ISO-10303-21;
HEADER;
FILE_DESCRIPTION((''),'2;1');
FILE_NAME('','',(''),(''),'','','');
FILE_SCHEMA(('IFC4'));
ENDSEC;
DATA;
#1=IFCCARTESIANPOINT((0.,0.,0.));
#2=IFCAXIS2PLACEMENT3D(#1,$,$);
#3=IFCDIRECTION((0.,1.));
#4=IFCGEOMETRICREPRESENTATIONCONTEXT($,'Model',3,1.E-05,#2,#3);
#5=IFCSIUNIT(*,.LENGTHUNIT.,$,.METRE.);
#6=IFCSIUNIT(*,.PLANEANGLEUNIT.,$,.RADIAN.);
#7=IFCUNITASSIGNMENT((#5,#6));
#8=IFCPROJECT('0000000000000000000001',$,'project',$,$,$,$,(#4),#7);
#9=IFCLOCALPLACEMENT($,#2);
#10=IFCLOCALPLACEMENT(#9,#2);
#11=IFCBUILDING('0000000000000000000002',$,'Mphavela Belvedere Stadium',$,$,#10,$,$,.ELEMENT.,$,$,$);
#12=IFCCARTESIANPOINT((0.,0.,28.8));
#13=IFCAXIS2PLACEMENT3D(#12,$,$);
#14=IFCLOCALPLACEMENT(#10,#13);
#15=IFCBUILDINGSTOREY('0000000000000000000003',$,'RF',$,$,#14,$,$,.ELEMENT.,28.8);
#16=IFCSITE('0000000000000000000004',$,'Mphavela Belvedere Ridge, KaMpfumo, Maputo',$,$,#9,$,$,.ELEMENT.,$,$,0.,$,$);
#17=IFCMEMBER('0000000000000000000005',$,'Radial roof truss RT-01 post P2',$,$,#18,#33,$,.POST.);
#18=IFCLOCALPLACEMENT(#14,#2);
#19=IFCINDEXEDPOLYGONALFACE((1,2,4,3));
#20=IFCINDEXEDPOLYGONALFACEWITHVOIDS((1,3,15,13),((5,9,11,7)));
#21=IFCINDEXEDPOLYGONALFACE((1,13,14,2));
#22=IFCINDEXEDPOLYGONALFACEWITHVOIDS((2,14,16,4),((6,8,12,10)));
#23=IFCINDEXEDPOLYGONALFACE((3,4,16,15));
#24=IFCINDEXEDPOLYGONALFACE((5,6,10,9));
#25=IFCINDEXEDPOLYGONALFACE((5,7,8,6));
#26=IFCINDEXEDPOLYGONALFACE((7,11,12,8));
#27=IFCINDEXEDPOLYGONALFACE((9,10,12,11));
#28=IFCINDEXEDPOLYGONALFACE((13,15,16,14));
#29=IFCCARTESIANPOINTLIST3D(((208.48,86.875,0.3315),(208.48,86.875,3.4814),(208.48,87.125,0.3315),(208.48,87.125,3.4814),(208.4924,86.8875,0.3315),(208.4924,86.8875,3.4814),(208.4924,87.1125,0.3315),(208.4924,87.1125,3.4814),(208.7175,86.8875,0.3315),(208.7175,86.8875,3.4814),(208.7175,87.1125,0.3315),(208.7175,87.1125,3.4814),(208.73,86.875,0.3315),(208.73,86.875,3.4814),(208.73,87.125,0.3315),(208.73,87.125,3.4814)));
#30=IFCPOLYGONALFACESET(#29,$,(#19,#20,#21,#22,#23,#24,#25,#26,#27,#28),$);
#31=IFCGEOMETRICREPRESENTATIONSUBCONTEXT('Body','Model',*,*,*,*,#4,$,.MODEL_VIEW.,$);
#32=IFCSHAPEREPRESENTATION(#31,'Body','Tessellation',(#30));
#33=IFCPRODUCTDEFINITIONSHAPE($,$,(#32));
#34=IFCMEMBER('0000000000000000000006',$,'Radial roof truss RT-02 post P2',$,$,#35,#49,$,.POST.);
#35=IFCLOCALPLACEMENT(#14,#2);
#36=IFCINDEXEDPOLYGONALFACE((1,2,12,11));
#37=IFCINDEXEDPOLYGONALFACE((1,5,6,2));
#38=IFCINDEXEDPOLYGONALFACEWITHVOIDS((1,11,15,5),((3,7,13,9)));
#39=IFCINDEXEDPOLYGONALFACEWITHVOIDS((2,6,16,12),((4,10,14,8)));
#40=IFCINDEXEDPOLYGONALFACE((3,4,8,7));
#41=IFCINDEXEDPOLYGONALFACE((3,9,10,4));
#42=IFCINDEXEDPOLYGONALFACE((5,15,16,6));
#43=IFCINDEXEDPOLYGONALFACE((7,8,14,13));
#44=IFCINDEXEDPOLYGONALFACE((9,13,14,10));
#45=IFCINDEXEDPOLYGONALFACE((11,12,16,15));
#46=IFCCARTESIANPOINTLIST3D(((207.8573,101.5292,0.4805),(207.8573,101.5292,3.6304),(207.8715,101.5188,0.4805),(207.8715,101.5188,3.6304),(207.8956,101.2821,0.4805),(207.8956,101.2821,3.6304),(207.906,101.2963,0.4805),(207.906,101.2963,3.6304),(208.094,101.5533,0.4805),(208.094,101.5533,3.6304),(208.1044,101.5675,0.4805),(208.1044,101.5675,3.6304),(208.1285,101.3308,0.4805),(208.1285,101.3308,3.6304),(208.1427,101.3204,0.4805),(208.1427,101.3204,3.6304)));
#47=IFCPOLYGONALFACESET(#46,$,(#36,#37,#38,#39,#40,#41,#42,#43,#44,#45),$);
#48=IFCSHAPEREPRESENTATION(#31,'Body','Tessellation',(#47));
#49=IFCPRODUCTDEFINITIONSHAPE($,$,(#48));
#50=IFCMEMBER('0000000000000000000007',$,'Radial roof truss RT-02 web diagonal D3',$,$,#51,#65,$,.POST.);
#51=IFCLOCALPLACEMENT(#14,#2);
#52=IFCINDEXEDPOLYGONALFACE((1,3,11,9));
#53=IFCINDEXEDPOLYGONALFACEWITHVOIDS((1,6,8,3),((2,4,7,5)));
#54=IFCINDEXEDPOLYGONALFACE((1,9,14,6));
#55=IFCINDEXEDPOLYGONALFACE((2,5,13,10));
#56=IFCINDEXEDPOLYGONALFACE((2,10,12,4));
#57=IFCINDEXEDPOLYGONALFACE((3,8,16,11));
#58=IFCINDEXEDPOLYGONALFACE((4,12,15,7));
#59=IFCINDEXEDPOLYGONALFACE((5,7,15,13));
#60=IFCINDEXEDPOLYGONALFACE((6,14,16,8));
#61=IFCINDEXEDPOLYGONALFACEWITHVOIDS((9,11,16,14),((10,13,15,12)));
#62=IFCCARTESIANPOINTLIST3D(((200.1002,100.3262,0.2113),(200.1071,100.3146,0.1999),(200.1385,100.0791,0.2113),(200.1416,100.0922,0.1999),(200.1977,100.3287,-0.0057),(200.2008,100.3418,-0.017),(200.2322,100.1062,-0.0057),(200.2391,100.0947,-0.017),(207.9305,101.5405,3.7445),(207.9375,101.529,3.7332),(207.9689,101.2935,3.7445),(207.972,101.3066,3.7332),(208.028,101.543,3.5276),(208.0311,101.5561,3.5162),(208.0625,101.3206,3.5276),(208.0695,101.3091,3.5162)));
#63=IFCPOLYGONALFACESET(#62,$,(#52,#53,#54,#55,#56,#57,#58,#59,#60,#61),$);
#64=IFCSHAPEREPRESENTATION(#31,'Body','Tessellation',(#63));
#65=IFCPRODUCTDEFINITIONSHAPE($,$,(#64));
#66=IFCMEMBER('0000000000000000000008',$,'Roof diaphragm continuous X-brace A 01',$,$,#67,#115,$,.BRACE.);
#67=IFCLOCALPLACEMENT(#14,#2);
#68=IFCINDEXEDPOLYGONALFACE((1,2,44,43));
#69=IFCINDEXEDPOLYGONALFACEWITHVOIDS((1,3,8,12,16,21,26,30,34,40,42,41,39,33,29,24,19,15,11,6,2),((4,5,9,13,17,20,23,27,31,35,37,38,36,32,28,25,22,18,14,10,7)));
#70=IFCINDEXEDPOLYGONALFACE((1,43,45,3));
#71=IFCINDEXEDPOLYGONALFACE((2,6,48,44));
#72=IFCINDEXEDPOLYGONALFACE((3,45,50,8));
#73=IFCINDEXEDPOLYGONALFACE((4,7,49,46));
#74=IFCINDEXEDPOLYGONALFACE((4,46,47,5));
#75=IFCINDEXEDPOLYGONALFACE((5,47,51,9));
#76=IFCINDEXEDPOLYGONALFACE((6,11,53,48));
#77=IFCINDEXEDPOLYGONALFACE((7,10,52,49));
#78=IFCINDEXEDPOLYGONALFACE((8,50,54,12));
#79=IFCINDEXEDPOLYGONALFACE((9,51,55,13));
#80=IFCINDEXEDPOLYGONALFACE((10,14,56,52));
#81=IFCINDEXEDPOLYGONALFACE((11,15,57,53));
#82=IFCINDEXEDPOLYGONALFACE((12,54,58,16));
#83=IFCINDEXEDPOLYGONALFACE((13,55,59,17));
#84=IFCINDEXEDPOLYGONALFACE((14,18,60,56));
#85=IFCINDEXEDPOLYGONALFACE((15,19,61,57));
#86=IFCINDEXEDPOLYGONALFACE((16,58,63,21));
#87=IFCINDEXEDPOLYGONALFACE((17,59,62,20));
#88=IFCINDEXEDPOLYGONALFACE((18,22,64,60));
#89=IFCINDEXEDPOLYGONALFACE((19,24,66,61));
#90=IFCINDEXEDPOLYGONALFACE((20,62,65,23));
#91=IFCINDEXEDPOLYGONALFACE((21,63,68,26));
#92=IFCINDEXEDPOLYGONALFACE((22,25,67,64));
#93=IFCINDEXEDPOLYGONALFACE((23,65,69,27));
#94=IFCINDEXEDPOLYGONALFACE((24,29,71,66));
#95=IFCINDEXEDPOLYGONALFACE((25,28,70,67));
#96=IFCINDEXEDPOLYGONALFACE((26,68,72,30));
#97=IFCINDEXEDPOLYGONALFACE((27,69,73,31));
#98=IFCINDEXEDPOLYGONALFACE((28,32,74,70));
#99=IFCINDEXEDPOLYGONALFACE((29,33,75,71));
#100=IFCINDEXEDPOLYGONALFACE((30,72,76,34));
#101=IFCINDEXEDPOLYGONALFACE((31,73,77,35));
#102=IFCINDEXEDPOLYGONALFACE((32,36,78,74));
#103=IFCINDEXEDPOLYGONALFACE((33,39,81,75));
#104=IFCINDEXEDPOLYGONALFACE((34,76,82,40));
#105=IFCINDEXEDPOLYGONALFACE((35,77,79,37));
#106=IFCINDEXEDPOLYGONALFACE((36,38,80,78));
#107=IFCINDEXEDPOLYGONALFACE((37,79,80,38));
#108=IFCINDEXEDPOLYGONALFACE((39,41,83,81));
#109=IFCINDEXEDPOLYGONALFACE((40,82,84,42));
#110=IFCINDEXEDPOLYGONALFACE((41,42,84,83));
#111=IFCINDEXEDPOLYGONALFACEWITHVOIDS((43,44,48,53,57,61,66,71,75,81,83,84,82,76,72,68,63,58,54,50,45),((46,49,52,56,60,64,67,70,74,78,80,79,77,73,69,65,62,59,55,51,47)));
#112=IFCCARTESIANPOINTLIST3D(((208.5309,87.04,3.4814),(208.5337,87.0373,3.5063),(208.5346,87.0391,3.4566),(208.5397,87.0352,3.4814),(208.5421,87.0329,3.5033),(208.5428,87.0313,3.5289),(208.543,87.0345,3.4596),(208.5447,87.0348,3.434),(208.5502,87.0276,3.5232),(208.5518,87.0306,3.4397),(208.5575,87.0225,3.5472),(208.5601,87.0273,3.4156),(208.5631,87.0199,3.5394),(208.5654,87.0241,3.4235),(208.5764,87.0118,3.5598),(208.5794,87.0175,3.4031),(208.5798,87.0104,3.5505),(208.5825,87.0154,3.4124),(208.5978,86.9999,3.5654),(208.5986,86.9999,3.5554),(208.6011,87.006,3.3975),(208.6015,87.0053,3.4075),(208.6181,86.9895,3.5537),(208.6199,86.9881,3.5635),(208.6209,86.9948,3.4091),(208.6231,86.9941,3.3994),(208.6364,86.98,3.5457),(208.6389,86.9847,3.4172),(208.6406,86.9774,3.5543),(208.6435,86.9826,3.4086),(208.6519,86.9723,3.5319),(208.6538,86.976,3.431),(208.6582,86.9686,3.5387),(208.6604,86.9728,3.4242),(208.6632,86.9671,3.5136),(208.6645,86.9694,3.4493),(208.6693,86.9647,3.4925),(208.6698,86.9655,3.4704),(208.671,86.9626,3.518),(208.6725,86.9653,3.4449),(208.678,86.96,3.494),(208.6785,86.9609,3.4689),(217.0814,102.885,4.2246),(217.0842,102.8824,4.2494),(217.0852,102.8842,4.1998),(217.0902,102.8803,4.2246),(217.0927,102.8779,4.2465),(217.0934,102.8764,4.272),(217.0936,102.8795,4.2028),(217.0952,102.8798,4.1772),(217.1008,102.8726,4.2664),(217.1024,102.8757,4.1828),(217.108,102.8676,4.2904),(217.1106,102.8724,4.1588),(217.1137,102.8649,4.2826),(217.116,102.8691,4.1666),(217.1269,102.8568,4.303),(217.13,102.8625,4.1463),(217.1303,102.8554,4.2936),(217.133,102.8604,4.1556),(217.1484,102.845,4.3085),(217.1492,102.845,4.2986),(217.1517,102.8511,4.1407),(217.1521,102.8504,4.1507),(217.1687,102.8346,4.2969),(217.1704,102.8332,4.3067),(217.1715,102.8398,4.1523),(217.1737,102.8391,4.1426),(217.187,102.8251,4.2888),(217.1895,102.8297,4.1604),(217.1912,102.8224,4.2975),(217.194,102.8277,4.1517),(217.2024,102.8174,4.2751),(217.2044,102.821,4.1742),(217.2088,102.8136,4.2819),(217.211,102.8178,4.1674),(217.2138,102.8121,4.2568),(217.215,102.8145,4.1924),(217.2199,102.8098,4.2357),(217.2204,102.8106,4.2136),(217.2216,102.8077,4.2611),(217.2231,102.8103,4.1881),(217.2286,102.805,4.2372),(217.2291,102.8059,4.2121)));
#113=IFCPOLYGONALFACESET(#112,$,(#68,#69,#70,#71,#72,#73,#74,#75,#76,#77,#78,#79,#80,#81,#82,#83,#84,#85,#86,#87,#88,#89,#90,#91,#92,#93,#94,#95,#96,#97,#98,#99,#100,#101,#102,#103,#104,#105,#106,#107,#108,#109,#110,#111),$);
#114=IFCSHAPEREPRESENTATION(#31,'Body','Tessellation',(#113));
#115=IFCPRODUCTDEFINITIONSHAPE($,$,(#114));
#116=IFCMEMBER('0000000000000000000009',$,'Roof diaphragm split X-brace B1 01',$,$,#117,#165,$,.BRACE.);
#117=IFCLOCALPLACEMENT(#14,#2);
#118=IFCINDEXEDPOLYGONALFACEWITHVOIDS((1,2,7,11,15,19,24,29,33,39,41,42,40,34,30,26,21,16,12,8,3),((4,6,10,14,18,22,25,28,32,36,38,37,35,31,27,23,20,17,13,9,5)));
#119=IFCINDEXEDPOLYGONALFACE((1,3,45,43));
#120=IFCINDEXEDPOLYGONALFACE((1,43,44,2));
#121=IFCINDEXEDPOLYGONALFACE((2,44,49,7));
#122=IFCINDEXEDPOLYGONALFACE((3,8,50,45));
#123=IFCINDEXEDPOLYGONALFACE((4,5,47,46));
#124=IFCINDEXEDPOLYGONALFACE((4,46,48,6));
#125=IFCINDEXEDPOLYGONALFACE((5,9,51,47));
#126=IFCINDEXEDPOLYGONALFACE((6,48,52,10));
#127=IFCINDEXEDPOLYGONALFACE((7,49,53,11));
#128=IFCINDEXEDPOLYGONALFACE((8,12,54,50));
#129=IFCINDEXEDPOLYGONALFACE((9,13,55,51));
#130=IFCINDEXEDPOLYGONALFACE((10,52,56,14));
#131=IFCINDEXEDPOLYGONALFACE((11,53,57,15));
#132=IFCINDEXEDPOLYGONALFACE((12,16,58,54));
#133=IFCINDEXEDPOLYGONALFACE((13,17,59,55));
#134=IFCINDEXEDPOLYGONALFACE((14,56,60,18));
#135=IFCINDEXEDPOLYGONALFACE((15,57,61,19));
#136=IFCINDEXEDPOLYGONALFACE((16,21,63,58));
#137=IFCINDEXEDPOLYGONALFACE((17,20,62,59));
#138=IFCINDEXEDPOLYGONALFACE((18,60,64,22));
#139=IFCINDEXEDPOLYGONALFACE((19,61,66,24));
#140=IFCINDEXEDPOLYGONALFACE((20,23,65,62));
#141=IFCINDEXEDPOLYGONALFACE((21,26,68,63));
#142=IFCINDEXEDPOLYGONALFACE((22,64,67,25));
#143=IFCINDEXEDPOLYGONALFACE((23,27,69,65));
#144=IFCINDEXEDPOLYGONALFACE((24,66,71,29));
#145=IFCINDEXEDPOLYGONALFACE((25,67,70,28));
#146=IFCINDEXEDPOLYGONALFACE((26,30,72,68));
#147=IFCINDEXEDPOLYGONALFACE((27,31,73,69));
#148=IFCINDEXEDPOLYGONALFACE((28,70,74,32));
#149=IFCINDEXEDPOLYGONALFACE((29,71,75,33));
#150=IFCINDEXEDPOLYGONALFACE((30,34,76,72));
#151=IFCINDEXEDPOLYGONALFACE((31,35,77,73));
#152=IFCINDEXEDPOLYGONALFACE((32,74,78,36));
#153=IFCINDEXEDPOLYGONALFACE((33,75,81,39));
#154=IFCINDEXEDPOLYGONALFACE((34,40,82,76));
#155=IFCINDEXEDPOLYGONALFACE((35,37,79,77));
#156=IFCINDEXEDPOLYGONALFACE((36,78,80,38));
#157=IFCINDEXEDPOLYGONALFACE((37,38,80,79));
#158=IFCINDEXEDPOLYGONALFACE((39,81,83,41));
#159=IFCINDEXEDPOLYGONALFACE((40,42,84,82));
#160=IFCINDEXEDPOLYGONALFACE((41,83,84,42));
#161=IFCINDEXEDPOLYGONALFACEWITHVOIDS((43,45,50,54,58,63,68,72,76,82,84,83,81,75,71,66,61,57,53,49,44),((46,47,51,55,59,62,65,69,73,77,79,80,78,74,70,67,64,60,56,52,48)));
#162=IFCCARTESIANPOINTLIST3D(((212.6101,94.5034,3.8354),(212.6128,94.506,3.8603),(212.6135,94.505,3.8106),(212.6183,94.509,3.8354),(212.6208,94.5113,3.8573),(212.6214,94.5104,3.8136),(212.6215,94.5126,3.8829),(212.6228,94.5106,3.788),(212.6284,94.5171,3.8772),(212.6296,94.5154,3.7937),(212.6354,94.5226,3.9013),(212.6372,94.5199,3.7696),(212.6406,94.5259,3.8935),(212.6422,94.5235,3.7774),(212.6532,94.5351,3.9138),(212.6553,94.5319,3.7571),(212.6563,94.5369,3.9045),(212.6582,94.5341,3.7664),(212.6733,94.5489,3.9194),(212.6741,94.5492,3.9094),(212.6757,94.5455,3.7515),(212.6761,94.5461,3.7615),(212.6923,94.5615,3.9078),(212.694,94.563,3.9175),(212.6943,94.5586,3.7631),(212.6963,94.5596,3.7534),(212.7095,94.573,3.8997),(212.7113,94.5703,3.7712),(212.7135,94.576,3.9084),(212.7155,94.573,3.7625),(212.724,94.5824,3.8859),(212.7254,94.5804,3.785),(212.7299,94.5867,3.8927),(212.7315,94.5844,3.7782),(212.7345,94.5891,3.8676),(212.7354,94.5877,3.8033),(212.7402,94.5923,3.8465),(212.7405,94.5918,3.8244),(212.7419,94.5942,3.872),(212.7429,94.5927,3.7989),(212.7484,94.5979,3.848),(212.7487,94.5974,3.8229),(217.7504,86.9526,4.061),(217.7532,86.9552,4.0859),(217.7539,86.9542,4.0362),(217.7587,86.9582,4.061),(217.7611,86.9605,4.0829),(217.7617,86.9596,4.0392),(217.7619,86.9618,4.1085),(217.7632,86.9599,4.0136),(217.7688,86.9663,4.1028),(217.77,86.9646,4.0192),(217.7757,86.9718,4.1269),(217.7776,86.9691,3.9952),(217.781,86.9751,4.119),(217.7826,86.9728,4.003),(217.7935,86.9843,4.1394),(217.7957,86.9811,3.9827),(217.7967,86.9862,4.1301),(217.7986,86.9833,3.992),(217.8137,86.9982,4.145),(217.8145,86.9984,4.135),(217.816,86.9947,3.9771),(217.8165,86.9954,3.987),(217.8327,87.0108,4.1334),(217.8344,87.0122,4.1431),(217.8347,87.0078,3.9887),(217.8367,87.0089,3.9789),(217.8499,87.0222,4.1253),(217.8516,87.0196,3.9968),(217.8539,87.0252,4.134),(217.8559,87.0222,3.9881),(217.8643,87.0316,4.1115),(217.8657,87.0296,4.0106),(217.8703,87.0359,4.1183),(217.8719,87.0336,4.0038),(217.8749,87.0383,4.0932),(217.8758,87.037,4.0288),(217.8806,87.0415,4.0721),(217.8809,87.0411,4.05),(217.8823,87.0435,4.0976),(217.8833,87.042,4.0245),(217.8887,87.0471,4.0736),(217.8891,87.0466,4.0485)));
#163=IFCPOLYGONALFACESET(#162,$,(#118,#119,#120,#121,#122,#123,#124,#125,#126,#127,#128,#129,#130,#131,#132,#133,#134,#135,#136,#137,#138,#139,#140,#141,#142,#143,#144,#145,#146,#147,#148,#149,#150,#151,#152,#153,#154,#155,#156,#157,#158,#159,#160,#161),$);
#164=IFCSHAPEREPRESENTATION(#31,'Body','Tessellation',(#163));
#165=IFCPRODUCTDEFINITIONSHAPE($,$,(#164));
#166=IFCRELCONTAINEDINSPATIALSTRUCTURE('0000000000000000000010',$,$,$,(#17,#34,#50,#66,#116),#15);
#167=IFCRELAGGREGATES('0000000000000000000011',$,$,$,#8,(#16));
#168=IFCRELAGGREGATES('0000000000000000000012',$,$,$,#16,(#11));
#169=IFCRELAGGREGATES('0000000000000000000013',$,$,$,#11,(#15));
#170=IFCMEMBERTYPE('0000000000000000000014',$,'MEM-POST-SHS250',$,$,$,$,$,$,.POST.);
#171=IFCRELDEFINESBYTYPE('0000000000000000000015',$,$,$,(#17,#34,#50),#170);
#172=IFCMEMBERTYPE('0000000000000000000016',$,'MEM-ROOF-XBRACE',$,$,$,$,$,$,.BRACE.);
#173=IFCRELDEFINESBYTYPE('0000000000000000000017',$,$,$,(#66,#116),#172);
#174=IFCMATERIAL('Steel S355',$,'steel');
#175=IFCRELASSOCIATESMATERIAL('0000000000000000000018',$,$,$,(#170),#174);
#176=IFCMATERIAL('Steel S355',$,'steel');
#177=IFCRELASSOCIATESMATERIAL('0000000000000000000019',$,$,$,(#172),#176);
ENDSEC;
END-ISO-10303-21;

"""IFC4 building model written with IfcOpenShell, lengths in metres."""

from ifc_helpers import new_model, si_unit, direction, frame, origin, origin_2d, place, context, subcontext, project, spatial, hollow_rectangle, hollow_circle, extrude, material, material_profile, profile_set, type_object, element, save


model = new_model("IFC4")

# Units and contexts
model_context = context("Model", 3, precision=1e-05, world=origin(), true_north=direction((0.0, 1.0)))
body_context = subcontext(model_context, "Body", "Model", "MODEL_VIEW")
ifc_project = project(units=[si_unit("LENGTHUNIT", "METRE"), si_unit("PLANEANGLEUNIT", "RADIAN")], contexts=[model_context])

# Site, building, storey
site_placement = place(None, origin())
site = spatial("IfcSite", under=ifc_project, at=site_placement, Name="Mphavela Belvedere Ridge, KaMpfumo, Maputo", CompositionType="ELEMENT", RefElevation=0.0)
building_placement = place(site_placement, origin())
building = spatial("IfcBuilding", under=site, at=building_placement, Name="Mphavela Belvedere Stadium", CompositionType="ELEMENT")
storey_placement = place(building_placement, frame((0.0, 0.0, 28.8)))
storey = spatial("IfcBuildingStorey", under=building, at=storey_placement, Name="RF", CompositionType="ELEMENT", Elevation=28.8)

# Members
ifc_material_1 = material(Name="Steel S355", Category="steel")
ifc_material_profile_1 = material_profile(ifc_material_1, hollow_rectangle(XDim=0.25, YDim=0.25, WallThickness=0.0125, at=origin_2d()), Name="SHS 250x250x12.5")
ifc_profile_set_1 = profile_set([ifc_material_profile_1], Name="Steel S355")
member_type_1 = type_object("IfcMemberType", Name="MEM-POST-SHS250", PredefinedType="POST", material=ifc_profile_set_1)
for number, where, z_axis, x_axis, name in (
    (1, (208.605, 87.0, 0.3315), (0.0, 0.0, 1.0), (1.0, 0.0, 0.0), "Radial roof truss RT-01 post P2"),
    (2, (208.0, 101.4248, 0.4805), (0.0, 0.0, 1.0), (0.988175, 0.153331, 0.0), "Radial roof truss RT-02 post P2"),
):
    element("IfcMember", number, at=place(storey_placement, frame(where, z_axis=z_axis, x_axis=x_axis)), inside=storey, type_object=member_type_1, Name=name, PredefinedType="POST", context=body_context, shape_type="SweptSolid", body=[
        extrude(hollow_rectangle(XDim=0.25, YDim=0.25, WallThickness=0.0125, at=origin_2d()), origin(), (0.0, 0.0, 1.0), 3.1499),
    ])
member_1_placement = place(storey_placement, frame((208.0, 101.4248, 3.6304), z_axis=(-0.902532, -0.139968, -0.407241), x_axis=(0.153252, -0.988187, 0.0)))
element("IfcMember", 3, at=member_1_placement, inside=storey, type_object=member_type_1, Name="Radial roof truss RT-02 web diagonal D3", PredefinedType="POST", context=body_context, shape_type="SweptSolid", body=[
    extrude(hollow_rectangle(XDim=0.25, YDim=0.25, WallThickness=0.0125, at=origin_2d()), origin(), (0.0, 0.0, 1.0), 8.676),
])
ifc_material_2 = material(Name="Steel S355", Category="steel")
ifc_material_profile_2 = material_profile(ifc_material_2, hollow_circle(Radius=0.0842, WallThickness=0.01, at=origin_2d()), Name="CHS 168.3x10")
ifc_profile_set_2 = profile_set([ifc_material_profile_2], Name="Steel S355")
member_type_2 = type_object("IfcMemberType", Name="MEM-ROOF-XBRACE", PredefinedType="BRACE", material=ifc_profile_set_2)
member_2_placement = place(storey_placement, frame((208.605, 87.0, 3.4814), z_axis=(0.474498, 0.87929, 0.041241), x_axis=(-0.880039, 0.474902, 0.0)))
element("IfcMember", 4, at=member_2_placement, inside=storey, type_object=member_type_2, Name="Roof diaphragm continuous X-brace A 01", PredefinedType="BRACE", context=body_context, shape_type="SweptSolid", body=[
    extrude(hollow_circle(Radius=0.0842, WallThickness=0.01, at=origin_2d()), origin(), (0.0, 0.0, 1.0), 18.0203),
])
member_3_placement = place(storey_placement, frame((217.8201, 87.0, 4.061), z_axis=(-0.562576, 0.826377, -0.024689), x_axis=(-0.826629, -0.562748, 0.0)))
element("IfcMember", 5, at=member_3_placement, inside=storey, type_object=member_type_2, Name="Roof diaphragm split X-brace B1 01", PredefinedType="BRACE", context=body_context, shape_type="SweptSolid", body=[
    extrude(hollow_circle(Radius=0.0842, WallThickness=0.01, at=origin_2d()), origin(), (0.0, 0.0, 1.0), 9.1372),
])

save(model, "model.ifc")
